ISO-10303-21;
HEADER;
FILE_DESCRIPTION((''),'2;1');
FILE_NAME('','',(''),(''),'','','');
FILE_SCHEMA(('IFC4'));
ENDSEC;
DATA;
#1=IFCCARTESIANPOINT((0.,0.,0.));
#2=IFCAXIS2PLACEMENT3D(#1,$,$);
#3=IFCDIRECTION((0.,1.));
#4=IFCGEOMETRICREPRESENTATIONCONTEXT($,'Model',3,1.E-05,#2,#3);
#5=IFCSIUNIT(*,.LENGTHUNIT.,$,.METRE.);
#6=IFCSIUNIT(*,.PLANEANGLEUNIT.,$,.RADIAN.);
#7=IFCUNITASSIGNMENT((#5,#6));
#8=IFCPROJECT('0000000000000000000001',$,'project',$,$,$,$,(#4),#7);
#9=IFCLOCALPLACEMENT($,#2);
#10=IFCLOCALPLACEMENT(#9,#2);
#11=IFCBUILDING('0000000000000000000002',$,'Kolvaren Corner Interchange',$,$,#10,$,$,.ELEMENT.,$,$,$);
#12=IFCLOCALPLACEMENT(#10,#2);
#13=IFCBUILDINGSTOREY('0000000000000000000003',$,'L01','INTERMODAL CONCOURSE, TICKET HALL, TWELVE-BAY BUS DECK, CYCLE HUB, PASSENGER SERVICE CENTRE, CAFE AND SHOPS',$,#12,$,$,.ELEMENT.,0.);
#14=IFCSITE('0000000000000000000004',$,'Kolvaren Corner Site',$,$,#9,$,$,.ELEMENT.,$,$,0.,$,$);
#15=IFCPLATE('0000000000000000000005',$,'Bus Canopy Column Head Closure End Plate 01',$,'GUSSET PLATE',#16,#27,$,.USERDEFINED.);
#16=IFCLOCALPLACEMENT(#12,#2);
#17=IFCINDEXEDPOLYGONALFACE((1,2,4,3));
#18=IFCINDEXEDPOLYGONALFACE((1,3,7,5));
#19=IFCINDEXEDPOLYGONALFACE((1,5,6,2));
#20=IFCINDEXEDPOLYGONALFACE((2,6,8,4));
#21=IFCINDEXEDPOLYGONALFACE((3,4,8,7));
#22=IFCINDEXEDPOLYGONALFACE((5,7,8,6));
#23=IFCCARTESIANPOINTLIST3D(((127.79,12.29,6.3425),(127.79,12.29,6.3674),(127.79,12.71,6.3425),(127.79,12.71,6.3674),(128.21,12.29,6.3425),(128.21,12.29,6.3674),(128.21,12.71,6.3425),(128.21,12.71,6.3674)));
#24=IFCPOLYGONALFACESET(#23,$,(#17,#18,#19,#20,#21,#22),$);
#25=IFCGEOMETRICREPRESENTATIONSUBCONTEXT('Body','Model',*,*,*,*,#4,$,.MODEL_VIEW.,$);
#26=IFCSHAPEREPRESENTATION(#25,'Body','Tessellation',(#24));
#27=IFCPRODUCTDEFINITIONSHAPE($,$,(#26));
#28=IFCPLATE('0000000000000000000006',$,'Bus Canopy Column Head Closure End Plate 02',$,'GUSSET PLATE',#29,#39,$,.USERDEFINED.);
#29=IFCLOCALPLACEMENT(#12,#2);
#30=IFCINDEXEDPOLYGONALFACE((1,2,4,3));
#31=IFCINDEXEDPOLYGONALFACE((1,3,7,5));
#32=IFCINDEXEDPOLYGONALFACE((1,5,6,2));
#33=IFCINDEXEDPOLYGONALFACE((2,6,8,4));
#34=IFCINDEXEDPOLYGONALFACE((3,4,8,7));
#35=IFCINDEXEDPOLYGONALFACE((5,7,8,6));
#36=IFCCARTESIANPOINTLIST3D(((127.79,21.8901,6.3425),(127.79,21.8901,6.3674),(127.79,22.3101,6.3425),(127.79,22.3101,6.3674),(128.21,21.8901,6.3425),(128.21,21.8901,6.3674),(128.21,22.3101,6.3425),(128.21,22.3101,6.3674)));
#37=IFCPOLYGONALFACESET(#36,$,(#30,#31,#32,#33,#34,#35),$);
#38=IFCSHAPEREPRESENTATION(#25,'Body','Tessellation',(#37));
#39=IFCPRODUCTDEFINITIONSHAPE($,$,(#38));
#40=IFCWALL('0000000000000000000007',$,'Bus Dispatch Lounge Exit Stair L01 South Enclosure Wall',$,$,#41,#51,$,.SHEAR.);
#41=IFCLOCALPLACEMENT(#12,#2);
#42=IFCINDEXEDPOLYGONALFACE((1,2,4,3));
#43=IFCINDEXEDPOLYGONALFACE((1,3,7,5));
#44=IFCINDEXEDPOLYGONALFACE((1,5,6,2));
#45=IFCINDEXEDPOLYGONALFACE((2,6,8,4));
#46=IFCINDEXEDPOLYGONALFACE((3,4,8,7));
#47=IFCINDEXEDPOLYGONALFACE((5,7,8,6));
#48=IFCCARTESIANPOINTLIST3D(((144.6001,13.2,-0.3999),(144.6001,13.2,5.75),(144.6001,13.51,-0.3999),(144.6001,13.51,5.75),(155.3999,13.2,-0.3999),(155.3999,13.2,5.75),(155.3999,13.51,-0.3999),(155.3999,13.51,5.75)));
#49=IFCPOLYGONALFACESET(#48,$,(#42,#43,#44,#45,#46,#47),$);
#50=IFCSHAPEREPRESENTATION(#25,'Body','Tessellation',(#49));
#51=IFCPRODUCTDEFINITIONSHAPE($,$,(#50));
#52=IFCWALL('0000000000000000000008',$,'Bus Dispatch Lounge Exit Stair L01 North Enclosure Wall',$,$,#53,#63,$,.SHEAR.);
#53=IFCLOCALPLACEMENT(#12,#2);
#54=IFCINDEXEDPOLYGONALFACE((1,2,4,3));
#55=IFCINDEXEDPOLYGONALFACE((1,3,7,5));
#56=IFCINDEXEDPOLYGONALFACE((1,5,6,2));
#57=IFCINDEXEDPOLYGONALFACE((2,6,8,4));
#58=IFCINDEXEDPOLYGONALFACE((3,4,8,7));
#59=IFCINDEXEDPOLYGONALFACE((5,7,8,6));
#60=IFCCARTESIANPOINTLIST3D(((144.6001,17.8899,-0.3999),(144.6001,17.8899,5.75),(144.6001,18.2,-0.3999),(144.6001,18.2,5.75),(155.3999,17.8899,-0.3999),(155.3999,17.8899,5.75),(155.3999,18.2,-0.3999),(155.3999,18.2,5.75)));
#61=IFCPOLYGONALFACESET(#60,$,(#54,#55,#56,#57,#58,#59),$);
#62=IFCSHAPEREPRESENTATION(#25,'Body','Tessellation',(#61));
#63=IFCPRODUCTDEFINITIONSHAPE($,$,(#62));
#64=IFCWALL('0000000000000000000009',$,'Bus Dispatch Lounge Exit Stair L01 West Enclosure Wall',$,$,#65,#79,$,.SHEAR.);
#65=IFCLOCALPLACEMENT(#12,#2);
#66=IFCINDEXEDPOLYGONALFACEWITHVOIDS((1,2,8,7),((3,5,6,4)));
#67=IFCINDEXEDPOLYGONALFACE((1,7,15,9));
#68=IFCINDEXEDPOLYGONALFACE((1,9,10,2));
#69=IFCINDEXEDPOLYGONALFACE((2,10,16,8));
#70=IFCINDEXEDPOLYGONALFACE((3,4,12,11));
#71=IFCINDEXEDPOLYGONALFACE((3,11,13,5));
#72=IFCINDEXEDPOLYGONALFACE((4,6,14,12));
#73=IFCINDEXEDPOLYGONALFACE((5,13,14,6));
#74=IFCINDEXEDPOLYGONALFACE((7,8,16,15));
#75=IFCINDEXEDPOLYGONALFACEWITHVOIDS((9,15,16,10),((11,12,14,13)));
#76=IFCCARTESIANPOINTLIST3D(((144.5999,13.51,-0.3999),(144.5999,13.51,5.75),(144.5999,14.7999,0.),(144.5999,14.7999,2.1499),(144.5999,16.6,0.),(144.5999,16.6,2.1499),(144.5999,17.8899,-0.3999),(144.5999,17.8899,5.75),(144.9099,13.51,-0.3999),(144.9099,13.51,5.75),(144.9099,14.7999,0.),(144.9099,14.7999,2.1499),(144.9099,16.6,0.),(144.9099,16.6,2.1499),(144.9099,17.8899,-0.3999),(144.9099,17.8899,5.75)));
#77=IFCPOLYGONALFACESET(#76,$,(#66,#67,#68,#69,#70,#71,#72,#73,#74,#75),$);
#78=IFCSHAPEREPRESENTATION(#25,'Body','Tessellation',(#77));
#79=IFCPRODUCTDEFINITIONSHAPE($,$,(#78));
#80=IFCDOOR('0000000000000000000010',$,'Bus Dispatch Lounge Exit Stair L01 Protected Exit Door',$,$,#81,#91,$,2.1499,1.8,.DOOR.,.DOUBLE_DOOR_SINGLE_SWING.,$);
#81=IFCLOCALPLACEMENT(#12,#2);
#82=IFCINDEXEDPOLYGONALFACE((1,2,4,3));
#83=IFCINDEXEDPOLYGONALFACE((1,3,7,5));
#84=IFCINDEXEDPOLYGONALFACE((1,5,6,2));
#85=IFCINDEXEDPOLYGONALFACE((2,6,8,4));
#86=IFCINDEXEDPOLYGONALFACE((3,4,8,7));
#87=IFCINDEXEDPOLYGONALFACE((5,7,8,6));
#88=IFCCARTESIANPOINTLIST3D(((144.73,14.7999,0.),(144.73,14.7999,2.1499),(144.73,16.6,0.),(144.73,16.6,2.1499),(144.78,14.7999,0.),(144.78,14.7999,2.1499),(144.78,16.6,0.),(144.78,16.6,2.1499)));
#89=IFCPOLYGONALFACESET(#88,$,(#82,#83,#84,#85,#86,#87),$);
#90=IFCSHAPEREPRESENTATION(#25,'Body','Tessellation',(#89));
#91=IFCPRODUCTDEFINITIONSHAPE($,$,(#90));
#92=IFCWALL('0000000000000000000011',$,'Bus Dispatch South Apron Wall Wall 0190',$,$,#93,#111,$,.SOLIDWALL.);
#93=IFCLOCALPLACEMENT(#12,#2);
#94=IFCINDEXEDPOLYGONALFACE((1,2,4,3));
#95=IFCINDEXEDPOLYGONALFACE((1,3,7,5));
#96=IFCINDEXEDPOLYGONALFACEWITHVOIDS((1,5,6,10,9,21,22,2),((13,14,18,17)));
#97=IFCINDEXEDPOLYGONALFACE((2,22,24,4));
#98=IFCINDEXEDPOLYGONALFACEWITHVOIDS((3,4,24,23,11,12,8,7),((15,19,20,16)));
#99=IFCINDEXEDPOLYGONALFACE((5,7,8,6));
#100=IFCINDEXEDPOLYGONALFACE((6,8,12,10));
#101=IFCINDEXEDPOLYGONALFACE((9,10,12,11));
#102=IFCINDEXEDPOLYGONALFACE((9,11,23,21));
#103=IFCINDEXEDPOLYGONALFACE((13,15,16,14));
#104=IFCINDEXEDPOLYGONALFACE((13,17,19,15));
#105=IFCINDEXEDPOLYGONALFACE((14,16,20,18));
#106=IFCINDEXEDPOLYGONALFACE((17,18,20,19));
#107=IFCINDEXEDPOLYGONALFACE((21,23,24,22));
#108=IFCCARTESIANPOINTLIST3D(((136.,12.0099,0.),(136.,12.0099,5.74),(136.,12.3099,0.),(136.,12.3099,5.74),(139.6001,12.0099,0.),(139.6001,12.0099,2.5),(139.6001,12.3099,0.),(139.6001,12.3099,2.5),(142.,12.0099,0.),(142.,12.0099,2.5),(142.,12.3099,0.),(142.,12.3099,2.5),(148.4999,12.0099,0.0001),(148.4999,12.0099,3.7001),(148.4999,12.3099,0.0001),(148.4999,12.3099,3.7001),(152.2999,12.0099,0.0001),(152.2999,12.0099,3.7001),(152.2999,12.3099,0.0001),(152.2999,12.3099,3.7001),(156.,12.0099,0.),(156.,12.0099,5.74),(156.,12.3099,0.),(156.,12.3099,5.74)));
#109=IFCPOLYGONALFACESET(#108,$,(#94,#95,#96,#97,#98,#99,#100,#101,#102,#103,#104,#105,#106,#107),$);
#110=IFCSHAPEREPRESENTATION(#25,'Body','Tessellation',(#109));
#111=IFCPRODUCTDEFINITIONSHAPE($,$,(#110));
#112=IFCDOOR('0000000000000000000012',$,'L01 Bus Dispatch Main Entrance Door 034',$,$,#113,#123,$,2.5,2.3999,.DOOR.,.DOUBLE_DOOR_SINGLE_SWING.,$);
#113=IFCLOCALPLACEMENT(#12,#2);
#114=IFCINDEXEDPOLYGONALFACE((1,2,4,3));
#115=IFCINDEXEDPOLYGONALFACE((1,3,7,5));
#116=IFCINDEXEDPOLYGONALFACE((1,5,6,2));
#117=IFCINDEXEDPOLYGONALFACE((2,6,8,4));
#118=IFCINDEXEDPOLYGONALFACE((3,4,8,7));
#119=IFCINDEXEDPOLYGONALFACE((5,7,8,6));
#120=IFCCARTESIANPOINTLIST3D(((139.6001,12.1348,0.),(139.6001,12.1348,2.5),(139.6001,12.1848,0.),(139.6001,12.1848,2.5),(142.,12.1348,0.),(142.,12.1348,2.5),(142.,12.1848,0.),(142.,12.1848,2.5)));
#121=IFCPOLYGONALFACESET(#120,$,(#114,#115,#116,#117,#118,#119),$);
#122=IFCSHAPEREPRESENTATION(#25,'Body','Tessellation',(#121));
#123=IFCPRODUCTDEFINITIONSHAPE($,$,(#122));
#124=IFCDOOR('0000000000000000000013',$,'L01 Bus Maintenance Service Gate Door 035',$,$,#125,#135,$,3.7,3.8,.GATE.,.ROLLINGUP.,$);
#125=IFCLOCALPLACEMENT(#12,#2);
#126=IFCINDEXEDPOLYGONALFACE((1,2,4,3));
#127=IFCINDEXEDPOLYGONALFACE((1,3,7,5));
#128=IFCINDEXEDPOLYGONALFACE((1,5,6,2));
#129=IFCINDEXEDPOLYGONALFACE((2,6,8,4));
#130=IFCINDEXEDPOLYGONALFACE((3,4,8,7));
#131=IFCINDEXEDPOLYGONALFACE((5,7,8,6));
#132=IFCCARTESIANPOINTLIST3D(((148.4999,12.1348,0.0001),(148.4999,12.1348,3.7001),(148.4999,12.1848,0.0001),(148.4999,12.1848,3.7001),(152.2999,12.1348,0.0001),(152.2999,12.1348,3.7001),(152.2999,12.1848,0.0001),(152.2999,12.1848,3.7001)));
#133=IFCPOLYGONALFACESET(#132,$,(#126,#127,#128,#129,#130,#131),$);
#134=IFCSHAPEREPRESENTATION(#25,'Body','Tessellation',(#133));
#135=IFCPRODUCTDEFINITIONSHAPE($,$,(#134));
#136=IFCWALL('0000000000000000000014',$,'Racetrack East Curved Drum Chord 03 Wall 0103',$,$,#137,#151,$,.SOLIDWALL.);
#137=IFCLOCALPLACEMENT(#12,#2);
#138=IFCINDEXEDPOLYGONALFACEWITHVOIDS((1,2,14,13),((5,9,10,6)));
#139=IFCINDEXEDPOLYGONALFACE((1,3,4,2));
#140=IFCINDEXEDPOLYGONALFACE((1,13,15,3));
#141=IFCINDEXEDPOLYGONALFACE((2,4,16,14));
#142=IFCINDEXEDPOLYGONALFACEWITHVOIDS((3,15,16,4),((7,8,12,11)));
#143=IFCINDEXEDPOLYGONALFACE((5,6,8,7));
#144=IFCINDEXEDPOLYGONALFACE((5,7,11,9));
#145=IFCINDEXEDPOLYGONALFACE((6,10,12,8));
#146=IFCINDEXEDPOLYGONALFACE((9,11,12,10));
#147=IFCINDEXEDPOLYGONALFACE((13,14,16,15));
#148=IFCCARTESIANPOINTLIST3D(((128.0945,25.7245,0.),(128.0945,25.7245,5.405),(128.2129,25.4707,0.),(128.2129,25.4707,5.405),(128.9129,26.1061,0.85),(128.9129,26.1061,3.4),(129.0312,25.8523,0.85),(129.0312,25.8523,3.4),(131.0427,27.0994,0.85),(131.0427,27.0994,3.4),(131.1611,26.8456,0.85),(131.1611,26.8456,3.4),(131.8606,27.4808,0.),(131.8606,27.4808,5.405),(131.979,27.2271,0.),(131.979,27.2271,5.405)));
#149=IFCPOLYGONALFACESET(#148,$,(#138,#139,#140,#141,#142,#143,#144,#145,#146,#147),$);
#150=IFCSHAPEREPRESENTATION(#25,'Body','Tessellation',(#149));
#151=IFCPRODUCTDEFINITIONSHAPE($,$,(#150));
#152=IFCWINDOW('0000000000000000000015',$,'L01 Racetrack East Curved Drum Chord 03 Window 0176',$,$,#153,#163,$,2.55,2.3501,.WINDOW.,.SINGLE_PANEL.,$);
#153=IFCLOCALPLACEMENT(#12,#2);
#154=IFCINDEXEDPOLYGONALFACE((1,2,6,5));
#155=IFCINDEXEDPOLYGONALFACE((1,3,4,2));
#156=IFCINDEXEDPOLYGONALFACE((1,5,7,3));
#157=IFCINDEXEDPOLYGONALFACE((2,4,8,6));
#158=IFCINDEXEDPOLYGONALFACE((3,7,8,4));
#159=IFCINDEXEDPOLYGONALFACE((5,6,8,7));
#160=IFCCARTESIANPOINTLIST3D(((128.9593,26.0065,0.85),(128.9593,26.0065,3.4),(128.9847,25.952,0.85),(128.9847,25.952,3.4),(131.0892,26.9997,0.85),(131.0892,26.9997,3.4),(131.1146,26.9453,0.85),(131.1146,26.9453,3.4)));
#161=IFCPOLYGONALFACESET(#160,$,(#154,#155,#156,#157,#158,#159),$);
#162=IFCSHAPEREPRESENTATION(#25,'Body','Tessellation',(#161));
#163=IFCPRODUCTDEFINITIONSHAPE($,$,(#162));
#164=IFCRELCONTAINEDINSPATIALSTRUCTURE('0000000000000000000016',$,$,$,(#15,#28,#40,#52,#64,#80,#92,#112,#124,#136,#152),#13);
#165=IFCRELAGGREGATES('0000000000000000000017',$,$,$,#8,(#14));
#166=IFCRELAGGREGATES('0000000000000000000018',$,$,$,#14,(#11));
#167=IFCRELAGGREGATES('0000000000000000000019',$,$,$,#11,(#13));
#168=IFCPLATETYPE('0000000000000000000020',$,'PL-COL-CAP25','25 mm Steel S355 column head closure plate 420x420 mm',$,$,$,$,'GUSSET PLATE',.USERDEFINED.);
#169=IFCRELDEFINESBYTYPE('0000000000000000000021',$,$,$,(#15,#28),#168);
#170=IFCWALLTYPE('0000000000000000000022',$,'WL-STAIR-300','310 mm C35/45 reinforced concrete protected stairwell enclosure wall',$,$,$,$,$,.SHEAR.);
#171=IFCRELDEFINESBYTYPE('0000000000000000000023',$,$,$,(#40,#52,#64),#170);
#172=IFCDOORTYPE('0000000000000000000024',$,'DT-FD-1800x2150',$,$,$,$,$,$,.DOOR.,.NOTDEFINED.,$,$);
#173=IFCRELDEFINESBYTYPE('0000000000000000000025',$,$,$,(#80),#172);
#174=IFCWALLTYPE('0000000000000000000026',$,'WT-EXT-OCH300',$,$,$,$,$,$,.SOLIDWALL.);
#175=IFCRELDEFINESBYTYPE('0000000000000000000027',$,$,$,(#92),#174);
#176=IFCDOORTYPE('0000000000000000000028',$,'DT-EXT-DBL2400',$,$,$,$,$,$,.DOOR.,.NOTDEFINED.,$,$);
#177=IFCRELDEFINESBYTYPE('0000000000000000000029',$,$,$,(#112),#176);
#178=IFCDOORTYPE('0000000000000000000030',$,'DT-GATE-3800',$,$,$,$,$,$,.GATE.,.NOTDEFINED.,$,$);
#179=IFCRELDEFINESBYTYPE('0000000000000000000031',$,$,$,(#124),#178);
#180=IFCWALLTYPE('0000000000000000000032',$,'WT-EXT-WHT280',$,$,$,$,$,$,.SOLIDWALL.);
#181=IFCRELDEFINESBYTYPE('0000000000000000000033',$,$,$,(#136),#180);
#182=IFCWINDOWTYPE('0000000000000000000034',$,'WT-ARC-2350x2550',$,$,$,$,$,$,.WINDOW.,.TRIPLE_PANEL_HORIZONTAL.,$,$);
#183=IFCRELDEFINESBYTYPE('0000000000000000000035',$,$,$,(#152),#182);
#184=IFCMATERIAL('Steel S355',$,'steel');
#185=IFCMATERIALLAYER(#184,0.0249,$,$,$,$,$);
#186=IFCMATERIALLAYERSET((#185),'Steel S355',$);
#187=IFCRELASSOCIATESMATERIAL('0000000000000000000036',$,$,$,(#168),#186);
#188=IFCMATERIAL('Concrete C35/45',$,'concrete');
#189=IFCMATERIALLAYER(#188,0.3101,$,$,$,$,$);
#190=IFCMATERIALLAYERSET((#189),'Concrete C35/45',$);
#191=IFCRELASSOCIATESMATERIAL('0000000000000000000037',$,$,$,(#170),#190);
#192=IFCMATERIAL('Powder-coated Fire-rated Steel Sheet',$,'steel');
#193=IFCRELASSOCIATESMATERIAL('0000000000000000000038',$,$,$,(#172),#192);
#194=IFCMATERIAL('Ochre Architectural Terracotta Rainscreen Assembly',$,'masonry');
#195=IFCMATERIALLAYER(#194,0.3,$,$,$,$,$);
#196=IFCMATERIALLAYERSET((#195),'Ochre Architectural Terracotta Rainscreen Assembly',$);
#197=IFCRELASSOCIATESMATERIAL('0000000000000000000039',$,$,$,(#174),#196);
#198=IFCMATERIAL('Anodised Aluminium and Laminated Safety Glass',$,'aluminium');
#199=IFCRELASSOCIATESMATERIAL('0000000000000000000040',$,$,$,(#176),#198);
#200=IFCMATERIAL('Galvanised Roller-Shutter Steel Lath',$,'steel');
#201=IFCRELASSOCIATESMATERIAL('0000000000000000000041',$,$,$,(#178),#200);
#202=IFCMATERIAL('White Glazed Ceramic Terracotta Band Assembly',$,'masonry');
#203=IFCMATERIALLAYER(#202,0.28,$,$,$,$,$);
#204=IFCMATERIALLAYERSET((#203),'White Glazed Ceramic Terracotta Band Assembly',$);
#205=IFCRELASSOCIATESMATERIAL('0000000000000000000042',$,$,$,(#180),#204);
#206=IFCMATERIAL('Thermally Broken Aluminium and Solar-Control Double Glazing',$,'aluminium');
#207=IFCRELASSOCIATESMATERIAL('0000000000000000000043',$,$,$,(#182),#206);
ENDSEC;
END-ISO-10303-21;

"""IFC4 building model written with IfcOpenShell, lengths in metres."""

from ifc_helpers import new_model, si_unit, direction, frame, frame_2d, origin, origin_2d, place, context, subcontext, project, spatial, rectangle, extrude, material, layer, layer_set, type_object, element, fill, save


model = new_model("IFC4")

# Units and contexts
model_context = context("Model", 3, precision=1e-05, world=origin(), true_north=direction((0.0, 1.0)))
body_context = subcontext(model_context, "Body", "Model", "MODEL_VIEW")
ifc_project = project(units=[si_unit("LENGTHUNIT", "METRE"), si_unit("PLANEANGLEUNIT", "RADIAN")], contexts=[model_context])

# Site, building, storey
site_placement = place(None, origin())
site = spatial("IfcSite", under=ifc_project, at=site_placement, Name="Kolvaren Corner Site", CompositionType="ELEMENT", RefElevation=0.0)
building_placement = place(site_placement, origin())
building = spatial("IfcBuilding", under=site, at=building_placement, Name="Kolvaren Corner Interchange", CompositionType="ELEMENT")
storey_placement = place(building_placement, origin())
storey = spatial("IfcBuildingStorey", under=building, at=storey_placement, Name="L01", Description="INTERMODAL CONCOURSE, TICKET HALL, TWELVE-BAY BUS DECK, CYCLE HUB, PASSENGER SERVICE CENTRE, CAFE AND SHOPS", CompositionType="ELEMENT", Elevation=0.0)

# Plates
ifc_material_1 = material(Name="Steel S355", Category="steel")
ifc_layer_1 = layer(ifc_material_1, 0.0249)
ifc_layer_set_1 = layer_set([ifc_layer_1], Name="Steel S355")
plate_type = type_object("IfcPlateType", Name="PL-COL-CAP25", Description="25 mm Steel S355 column head closure plate 420x420 mm", ElementType="GUSSET PLATE", PredefinedType="USERDEFINED", material=ifc_layer_set_1)
for number, where, z_axis, x_axis, name in (
    (1, (128.0, 12.5, 6.3425), (0.0, 0.0, 1.0), (1.0, 0.0, 0.0), "Bus Canopy Column Head Closure End Plate 01"),
    (2, (128.0, 22.1001, 6.3425), (0.0, 0.0, 1.0), (1.0, 0.0, 0.0), "Bus Canopy Column Head Closure End Plate 02"),
):
    element("IfcPlate", number, at=place(storey_placement, frame(where, z_axis=z_axis, x_axis=x_axis)), inside=storey, type_object=plate_type, Name=name, ObjectType="GUSSET PLATE", PredefinedType="USERDEFINED", context=body_context, shape_type="SweptSolid", body=[
        extrude(rectangle(XDim=0.4199, YDim=0.4199, at=origin_2d()), origin(), (0.0, 0.0, 1.0), 0.0249),
    ])

# Walls
ifc_material_2 = material(Name="Concrete C35/45", Category="concrete")
ifc_layer_2 = layer(ifc_material_2, 0.3101)
ifc_layer_set_2 = layer_set([ifc_layer_2], Name="Concrete C35/45")
wall_type_1 = type_object("IfcWallType", Name="WL-STAIR-300", Description="310 mm C35/45 reinforced concrete protected stairwell enclosure wall", PredefinedType="SHEAR", material=ifc_layer_set_2)
for number, where, z_axis, x_axis, name in (
    (3, (144.6001, 13.355, -0.3999), (0.0, 0.0, 1.0), (1.0, 0.0, 0.0), "Bus Dispatch Lounge Exit Stair L01 South Enclosure Wall"),
    (4, (144.6001, 18.0449, -0.3999), (0.0, 0.0, 1.0), (1.0, 0.0, 0.0), "Bus Dispatch Lounge Exit Stair L01 North Enclosure Wall"),
):
    element("IfcWall", number, at=place(storey_placement, frame(where, z_axis=z_axis, x_axis=x_axis)), inside=storey, type_object=wall_type_1, Name=name, PredefinedType="SHEAR", context=body_context, shape_type="SweptSolid", body=[
        extrude(rectangle(XDim=10.7998, YDim=0.3101, at=frame_2d((5.3999, 0.0))), origin(), (0.0, 0.0, 1.0), 6.1499),
    ])

# Wall, opening, door
wall_1_placement = place(storey_placement, frame((144.7549, 13.51, -0.3999), z_axis=(0.0, 0.0, 1.0), x_axis=(0.0, 1.0, 0.0)))
wall_1 = element("IfcWall", 5, at=wall_1_placement, inside=storey, type_object=wall_type_1, Name="Bus Dispatch Lounge Exit Stair L01 West Enclosure Wall", PredefinedType="SHEAR", context=body_context, shape_type="SweptSolid", body=[
    extrude(rectangle(XDim=4.3799, YDim=0.3101, at=frame_2d((2.1899, 0.0))), origin(), (0.0, 0.0, 1.0), 6.1499),
])
opening_1_placement = place(wall_1_placement, frame((1.29, 0.0, 0.3999)))
opening_1 = element("IfcOpeningElement", 6, at=opening_1_placement, cuts=wall_1, PredefinedType="OPENING", context=body_context, shape_type="SweptSolid", body=[
    extrude(rectangle(XDim=1.8, YDim=2.1499, at=frame_2d((0.8999, 1.075))), frame((0.0, 0.165, 0.0), z_axis=(0.0, -1.0, 0.0), x_axis=(1.0, 0.0, 0.0)), (0.0, 0.0, 1.0), 0.3301),
])
ifc_material_3 = material(Name="Powder-coated Fire-rated Steel Sheet", Category="steel")
door_type_1 = type_object("IfcDoorType", Name="DT-FD-1800x2150", OperationType="NOTDEFINED", PredefinedType="DOOR", material=ifc_material_3)
door_1_placement = place(opening_1_placement, origin())
door_1 = element("IfcDoor", 7, at=door_1_placement, inside=storey, type_object=door_type_1, Name="Bus Dispatch Lounge Exit Stair L01 Protected Exit Door", OperationType="DOUBLE_DOOR_SINGLE_SWING", OverallHeight=2.1499, OverallWidth=1.8, PredefinedType="DOOR", context=body_context, shape_type="SweptSolid", body=[
    extrude(rectangle(XDim=1.8, YDim=2.1499, at=frame_2d((0.8999, 1.075))), frame((0.0, 0.0249, 0.0), z_axis=(0.0, -1.0, 0.0), x_axis=(1.0, 0.0, 0.0)), (0.0, 0.0, 1.0), 0.05),
])
fill(opening_1, door_1)

# Wall, openings, doors
ifc_material_4 = material(Name="Ochre Architectural Terracotta Rainscreen Assembly", Category="masonry")
ifc_layer_3 = layer(ifc_material_4, 0.3)
ifc_layer_set_3 = layer_set([ifc_layer_3], Name="Ochre Architectural Terracotta Rainscreen Assembly")
wall_type_2 = type_object("IfcWallType", Name="WT-EXT-OCH300", PredefinedType="SOLIDWALL", material=ifc_layer_set_3)
wall_2_placement = place(storey_placement, frame((136.0, 12.1599, 0.0), z_axis=(0.0, 0.0, 1.0), x_axis=(1.0, 0.0, 0.0)))
wall_2 = element("IfcWall", 8, at=wall_2_placement, inside=storey, type_object=wall_type_2, Name="Bus Dispatch South Apron Wall Wall 0190", PredefinedType="SOLIDWALL", context=body_context, shape_type="SweptSolid", body=[
    extrude(rectangle(XDim=20.0, YDim=0.3, at=frame_2d((10.0, 0.0))), origin(), (0.0, 0.0, 1.0), 5.74),
])
opening_2_placement = place(wall_2_placement, frame((3.6001, 0.0, 0.0)))
opening_2 = element("IfcOpeningElement", 9, at=opening_2_placement, cuts=wall_2, PredefinedType="OPENING", context=body_context, shape_type="SweptSolid", body=[
    extrude(rectangle(XDim=2.3999, YDim=2.5, at=frame_2d((1.2, 1.25))), frame((0.0, 0.1599, 0.0), z_axis=(0.0, -1.0, 0.0), x_axis=(1.0, 0.0, 0.0)), (0.0, 0.0, 1.0), 0.3201),
])
opening_3_placement = place(wall_2_placement, frame((12.5, 0.0, 0.0)))
opening_3 = element("IfcOpeningElement", 10, at=opening_3_placement, cuts=wall_2, PredefinedType="OPENING", context=body_context, shape_type="SweptSolid", body=[
    extrude(rectangle(XDim=3.8, YDim=3.7, at=frame_2d((1.8999, 1.8501))), frame((0.0, 0.1599, 0.0), z_axis=(0.0, -1.0, 0.0), x_axis=(1.0, 0.0, 0.0)), (0.0, 0.0, 1.0), 0.3201),
])
ifc_material_5 = material(Name="Anodised Aluminium and Laminated Safety Glass", Category="aluminium")
door_type_2 = type_object("IfcDoorType", Name="DT-EXT-DBL2400", OperationType="NOTDEFINED", PredefinedType="DOOR", material=ifc_material_5)
door_2_placement = place(opening_2_placement, origin())
door_2 = element("IfcDoor", 11, at=door_2_placement, inside=storey, type_object=door_type_2, Name="L01 Bus Dispatch Main Entrance Door 034", OperationType="DOUBLE_DOOR_SINGLE_SWING", OverallHeight=2.5, OverallWidth=2.3999, PredefinedType="DOOR", context=body_context, shape_type="SweptSolid", body=[
    extrude(rectangle(XDim=2.3999, YDim=2.5, at=frame_2d((1.2, 1.25))), frame((0.0, 0.0249, 0.0), z_axis=(0.0, -1.0, 0.0), x_axis=(1.0, 0.0, 0.0)), (0.0, 0.0, 1.0), 0.05),
])
fill(opening_2, door_2)
ifc_material_6 = material(Name="Galvanised Roller-Shutter Steel Lath", Category="steel")
door_type_3 = type_object("IfcDoorType", Name="DT-GATE-3800", OperationType="NOTDEFINED", PredefinedType="GATE", material=ifc_material_6)
door_3_placement = place(opening_3_placement, origin())
door_3 = element("IfcDoor", 12, at=door_3_placement, inside=storey, type_object=door_type_3, Name="L01 Bus Maintenance Service Gate Door 035", OperationType="ROLLINGUP", OverallHeight=3.7, OverallWidth=3.8, PredefinedType="GATE", context=body_context, shape_type="SweptSolid", body=[
    extrude(rectangle(XDim=3.8, YDim=3.7, at=frame_2d((1.8999, 1.8501))), frame((0.0, 0.0249, 0.0), z_axis=(0.0, -1.0, 0.0), x_axis=(1.0, 0.0, 0.0)), (0.0, 0.0, 1.0), 0.05),
])
fill(opening_3, door_3)

# Wall, opening, window
ifc_material_7 = material(Name="White Glazed Ceramic Terracotta Band Assembly", Category="masonry")
ifc_layer_4 = layer(ifc_material_7, 0.28)
ifc_layer_set_4 = layer_set([ifc_layer_4], Name="White Glazed Ceramic Terracotta Band Assembly")
wall_type_3 = type_object("IfcWallType", Name="WT-EXT-WHT280", PredefinedType="SOLIDWALL", material=ifc_layer_set_4)
wall_3_placement = place(storey_placement, frame((128.1538, 25.5977, 0.0), z_axis=(0.0, 0.0, 1.0), x_axis=(0.906291, 0.422654, 0.0)))
wall_3 = element("IfcWall", 13, at=wall_3_placement, inside=storey, type_object=wall_type_3, Name="Racetrack East Curved Drum Chord 03 Wall 0103", PredefinedType="SOLIDWALL", context=body_context, shape_type="SweptSolid", body=[
    extrude(rectangle(XDim=4.1555, YDim=0.28, at=frame_2d((2.0776, 0.0))), origin(), (0.0, 0.0, 1.0), 5.405),
])
opening_4_placement = place(wall_3_placement, frame((0.9028, 0.0, 0.8501)))
opening_4 = element("IfcOpeningElement", 14, at=opening_4_placement, cuts=wall_3, PredefinedType="OPENING", context=body_context, shape_type="SweptSolid", body=[
    extrude(rectangle(XDim=2.3501, YDim=2.55, at=frame_2d((1.175, 1.2749))), frame((0.0, 0.1499, 0.0), z_axis=(0.0, -1.0, 0.0), x_axis=(1.0, 0.0, 0.0)), (0.0, 0.0, 1.0), 0.3),
])
ifc_material_8 = material(Name="Thermally Broken Aluminium and Solar-Control Double Glazing", Category="aluminium")
window_type_1 = type_object("IfcWindowType", Name="WT-ARC-2350x2550", PartitioningType="TRIPLE_PANEL_HORIZONTAL", PredefinedType="WINDOW", material=ifc_material_8)
window_1_placement = place(opening_4_placement, origin())
window_1 = element("IfcWindow", 15, at=window_1_placement, inside=storey, type_object=window_type_1, Name="L01 Racetrack East Curved Drum Chord 03 Window 0176", OverallHeight=2.55, OverallWidth=2.3501, PartitioningType="SINGLE_PANEL", PredefinedType="WINDOW", context=body_context, shape_type="SweptSolid", body=[
    extrude(rectangle(XDim=2.3501, YDim=2.55, at=frame_2d((1.175, 1.2749))), frame((0.0, 0.03, 0.0), z_axis=(0.0, -1.0, 0.0), x_axis=(1.0, 0.0, 0.0)), (0.0, 0.0, 1.0), 0.0601),
])
fill(opening_4, window_1)

save(model, "model.ifc")
